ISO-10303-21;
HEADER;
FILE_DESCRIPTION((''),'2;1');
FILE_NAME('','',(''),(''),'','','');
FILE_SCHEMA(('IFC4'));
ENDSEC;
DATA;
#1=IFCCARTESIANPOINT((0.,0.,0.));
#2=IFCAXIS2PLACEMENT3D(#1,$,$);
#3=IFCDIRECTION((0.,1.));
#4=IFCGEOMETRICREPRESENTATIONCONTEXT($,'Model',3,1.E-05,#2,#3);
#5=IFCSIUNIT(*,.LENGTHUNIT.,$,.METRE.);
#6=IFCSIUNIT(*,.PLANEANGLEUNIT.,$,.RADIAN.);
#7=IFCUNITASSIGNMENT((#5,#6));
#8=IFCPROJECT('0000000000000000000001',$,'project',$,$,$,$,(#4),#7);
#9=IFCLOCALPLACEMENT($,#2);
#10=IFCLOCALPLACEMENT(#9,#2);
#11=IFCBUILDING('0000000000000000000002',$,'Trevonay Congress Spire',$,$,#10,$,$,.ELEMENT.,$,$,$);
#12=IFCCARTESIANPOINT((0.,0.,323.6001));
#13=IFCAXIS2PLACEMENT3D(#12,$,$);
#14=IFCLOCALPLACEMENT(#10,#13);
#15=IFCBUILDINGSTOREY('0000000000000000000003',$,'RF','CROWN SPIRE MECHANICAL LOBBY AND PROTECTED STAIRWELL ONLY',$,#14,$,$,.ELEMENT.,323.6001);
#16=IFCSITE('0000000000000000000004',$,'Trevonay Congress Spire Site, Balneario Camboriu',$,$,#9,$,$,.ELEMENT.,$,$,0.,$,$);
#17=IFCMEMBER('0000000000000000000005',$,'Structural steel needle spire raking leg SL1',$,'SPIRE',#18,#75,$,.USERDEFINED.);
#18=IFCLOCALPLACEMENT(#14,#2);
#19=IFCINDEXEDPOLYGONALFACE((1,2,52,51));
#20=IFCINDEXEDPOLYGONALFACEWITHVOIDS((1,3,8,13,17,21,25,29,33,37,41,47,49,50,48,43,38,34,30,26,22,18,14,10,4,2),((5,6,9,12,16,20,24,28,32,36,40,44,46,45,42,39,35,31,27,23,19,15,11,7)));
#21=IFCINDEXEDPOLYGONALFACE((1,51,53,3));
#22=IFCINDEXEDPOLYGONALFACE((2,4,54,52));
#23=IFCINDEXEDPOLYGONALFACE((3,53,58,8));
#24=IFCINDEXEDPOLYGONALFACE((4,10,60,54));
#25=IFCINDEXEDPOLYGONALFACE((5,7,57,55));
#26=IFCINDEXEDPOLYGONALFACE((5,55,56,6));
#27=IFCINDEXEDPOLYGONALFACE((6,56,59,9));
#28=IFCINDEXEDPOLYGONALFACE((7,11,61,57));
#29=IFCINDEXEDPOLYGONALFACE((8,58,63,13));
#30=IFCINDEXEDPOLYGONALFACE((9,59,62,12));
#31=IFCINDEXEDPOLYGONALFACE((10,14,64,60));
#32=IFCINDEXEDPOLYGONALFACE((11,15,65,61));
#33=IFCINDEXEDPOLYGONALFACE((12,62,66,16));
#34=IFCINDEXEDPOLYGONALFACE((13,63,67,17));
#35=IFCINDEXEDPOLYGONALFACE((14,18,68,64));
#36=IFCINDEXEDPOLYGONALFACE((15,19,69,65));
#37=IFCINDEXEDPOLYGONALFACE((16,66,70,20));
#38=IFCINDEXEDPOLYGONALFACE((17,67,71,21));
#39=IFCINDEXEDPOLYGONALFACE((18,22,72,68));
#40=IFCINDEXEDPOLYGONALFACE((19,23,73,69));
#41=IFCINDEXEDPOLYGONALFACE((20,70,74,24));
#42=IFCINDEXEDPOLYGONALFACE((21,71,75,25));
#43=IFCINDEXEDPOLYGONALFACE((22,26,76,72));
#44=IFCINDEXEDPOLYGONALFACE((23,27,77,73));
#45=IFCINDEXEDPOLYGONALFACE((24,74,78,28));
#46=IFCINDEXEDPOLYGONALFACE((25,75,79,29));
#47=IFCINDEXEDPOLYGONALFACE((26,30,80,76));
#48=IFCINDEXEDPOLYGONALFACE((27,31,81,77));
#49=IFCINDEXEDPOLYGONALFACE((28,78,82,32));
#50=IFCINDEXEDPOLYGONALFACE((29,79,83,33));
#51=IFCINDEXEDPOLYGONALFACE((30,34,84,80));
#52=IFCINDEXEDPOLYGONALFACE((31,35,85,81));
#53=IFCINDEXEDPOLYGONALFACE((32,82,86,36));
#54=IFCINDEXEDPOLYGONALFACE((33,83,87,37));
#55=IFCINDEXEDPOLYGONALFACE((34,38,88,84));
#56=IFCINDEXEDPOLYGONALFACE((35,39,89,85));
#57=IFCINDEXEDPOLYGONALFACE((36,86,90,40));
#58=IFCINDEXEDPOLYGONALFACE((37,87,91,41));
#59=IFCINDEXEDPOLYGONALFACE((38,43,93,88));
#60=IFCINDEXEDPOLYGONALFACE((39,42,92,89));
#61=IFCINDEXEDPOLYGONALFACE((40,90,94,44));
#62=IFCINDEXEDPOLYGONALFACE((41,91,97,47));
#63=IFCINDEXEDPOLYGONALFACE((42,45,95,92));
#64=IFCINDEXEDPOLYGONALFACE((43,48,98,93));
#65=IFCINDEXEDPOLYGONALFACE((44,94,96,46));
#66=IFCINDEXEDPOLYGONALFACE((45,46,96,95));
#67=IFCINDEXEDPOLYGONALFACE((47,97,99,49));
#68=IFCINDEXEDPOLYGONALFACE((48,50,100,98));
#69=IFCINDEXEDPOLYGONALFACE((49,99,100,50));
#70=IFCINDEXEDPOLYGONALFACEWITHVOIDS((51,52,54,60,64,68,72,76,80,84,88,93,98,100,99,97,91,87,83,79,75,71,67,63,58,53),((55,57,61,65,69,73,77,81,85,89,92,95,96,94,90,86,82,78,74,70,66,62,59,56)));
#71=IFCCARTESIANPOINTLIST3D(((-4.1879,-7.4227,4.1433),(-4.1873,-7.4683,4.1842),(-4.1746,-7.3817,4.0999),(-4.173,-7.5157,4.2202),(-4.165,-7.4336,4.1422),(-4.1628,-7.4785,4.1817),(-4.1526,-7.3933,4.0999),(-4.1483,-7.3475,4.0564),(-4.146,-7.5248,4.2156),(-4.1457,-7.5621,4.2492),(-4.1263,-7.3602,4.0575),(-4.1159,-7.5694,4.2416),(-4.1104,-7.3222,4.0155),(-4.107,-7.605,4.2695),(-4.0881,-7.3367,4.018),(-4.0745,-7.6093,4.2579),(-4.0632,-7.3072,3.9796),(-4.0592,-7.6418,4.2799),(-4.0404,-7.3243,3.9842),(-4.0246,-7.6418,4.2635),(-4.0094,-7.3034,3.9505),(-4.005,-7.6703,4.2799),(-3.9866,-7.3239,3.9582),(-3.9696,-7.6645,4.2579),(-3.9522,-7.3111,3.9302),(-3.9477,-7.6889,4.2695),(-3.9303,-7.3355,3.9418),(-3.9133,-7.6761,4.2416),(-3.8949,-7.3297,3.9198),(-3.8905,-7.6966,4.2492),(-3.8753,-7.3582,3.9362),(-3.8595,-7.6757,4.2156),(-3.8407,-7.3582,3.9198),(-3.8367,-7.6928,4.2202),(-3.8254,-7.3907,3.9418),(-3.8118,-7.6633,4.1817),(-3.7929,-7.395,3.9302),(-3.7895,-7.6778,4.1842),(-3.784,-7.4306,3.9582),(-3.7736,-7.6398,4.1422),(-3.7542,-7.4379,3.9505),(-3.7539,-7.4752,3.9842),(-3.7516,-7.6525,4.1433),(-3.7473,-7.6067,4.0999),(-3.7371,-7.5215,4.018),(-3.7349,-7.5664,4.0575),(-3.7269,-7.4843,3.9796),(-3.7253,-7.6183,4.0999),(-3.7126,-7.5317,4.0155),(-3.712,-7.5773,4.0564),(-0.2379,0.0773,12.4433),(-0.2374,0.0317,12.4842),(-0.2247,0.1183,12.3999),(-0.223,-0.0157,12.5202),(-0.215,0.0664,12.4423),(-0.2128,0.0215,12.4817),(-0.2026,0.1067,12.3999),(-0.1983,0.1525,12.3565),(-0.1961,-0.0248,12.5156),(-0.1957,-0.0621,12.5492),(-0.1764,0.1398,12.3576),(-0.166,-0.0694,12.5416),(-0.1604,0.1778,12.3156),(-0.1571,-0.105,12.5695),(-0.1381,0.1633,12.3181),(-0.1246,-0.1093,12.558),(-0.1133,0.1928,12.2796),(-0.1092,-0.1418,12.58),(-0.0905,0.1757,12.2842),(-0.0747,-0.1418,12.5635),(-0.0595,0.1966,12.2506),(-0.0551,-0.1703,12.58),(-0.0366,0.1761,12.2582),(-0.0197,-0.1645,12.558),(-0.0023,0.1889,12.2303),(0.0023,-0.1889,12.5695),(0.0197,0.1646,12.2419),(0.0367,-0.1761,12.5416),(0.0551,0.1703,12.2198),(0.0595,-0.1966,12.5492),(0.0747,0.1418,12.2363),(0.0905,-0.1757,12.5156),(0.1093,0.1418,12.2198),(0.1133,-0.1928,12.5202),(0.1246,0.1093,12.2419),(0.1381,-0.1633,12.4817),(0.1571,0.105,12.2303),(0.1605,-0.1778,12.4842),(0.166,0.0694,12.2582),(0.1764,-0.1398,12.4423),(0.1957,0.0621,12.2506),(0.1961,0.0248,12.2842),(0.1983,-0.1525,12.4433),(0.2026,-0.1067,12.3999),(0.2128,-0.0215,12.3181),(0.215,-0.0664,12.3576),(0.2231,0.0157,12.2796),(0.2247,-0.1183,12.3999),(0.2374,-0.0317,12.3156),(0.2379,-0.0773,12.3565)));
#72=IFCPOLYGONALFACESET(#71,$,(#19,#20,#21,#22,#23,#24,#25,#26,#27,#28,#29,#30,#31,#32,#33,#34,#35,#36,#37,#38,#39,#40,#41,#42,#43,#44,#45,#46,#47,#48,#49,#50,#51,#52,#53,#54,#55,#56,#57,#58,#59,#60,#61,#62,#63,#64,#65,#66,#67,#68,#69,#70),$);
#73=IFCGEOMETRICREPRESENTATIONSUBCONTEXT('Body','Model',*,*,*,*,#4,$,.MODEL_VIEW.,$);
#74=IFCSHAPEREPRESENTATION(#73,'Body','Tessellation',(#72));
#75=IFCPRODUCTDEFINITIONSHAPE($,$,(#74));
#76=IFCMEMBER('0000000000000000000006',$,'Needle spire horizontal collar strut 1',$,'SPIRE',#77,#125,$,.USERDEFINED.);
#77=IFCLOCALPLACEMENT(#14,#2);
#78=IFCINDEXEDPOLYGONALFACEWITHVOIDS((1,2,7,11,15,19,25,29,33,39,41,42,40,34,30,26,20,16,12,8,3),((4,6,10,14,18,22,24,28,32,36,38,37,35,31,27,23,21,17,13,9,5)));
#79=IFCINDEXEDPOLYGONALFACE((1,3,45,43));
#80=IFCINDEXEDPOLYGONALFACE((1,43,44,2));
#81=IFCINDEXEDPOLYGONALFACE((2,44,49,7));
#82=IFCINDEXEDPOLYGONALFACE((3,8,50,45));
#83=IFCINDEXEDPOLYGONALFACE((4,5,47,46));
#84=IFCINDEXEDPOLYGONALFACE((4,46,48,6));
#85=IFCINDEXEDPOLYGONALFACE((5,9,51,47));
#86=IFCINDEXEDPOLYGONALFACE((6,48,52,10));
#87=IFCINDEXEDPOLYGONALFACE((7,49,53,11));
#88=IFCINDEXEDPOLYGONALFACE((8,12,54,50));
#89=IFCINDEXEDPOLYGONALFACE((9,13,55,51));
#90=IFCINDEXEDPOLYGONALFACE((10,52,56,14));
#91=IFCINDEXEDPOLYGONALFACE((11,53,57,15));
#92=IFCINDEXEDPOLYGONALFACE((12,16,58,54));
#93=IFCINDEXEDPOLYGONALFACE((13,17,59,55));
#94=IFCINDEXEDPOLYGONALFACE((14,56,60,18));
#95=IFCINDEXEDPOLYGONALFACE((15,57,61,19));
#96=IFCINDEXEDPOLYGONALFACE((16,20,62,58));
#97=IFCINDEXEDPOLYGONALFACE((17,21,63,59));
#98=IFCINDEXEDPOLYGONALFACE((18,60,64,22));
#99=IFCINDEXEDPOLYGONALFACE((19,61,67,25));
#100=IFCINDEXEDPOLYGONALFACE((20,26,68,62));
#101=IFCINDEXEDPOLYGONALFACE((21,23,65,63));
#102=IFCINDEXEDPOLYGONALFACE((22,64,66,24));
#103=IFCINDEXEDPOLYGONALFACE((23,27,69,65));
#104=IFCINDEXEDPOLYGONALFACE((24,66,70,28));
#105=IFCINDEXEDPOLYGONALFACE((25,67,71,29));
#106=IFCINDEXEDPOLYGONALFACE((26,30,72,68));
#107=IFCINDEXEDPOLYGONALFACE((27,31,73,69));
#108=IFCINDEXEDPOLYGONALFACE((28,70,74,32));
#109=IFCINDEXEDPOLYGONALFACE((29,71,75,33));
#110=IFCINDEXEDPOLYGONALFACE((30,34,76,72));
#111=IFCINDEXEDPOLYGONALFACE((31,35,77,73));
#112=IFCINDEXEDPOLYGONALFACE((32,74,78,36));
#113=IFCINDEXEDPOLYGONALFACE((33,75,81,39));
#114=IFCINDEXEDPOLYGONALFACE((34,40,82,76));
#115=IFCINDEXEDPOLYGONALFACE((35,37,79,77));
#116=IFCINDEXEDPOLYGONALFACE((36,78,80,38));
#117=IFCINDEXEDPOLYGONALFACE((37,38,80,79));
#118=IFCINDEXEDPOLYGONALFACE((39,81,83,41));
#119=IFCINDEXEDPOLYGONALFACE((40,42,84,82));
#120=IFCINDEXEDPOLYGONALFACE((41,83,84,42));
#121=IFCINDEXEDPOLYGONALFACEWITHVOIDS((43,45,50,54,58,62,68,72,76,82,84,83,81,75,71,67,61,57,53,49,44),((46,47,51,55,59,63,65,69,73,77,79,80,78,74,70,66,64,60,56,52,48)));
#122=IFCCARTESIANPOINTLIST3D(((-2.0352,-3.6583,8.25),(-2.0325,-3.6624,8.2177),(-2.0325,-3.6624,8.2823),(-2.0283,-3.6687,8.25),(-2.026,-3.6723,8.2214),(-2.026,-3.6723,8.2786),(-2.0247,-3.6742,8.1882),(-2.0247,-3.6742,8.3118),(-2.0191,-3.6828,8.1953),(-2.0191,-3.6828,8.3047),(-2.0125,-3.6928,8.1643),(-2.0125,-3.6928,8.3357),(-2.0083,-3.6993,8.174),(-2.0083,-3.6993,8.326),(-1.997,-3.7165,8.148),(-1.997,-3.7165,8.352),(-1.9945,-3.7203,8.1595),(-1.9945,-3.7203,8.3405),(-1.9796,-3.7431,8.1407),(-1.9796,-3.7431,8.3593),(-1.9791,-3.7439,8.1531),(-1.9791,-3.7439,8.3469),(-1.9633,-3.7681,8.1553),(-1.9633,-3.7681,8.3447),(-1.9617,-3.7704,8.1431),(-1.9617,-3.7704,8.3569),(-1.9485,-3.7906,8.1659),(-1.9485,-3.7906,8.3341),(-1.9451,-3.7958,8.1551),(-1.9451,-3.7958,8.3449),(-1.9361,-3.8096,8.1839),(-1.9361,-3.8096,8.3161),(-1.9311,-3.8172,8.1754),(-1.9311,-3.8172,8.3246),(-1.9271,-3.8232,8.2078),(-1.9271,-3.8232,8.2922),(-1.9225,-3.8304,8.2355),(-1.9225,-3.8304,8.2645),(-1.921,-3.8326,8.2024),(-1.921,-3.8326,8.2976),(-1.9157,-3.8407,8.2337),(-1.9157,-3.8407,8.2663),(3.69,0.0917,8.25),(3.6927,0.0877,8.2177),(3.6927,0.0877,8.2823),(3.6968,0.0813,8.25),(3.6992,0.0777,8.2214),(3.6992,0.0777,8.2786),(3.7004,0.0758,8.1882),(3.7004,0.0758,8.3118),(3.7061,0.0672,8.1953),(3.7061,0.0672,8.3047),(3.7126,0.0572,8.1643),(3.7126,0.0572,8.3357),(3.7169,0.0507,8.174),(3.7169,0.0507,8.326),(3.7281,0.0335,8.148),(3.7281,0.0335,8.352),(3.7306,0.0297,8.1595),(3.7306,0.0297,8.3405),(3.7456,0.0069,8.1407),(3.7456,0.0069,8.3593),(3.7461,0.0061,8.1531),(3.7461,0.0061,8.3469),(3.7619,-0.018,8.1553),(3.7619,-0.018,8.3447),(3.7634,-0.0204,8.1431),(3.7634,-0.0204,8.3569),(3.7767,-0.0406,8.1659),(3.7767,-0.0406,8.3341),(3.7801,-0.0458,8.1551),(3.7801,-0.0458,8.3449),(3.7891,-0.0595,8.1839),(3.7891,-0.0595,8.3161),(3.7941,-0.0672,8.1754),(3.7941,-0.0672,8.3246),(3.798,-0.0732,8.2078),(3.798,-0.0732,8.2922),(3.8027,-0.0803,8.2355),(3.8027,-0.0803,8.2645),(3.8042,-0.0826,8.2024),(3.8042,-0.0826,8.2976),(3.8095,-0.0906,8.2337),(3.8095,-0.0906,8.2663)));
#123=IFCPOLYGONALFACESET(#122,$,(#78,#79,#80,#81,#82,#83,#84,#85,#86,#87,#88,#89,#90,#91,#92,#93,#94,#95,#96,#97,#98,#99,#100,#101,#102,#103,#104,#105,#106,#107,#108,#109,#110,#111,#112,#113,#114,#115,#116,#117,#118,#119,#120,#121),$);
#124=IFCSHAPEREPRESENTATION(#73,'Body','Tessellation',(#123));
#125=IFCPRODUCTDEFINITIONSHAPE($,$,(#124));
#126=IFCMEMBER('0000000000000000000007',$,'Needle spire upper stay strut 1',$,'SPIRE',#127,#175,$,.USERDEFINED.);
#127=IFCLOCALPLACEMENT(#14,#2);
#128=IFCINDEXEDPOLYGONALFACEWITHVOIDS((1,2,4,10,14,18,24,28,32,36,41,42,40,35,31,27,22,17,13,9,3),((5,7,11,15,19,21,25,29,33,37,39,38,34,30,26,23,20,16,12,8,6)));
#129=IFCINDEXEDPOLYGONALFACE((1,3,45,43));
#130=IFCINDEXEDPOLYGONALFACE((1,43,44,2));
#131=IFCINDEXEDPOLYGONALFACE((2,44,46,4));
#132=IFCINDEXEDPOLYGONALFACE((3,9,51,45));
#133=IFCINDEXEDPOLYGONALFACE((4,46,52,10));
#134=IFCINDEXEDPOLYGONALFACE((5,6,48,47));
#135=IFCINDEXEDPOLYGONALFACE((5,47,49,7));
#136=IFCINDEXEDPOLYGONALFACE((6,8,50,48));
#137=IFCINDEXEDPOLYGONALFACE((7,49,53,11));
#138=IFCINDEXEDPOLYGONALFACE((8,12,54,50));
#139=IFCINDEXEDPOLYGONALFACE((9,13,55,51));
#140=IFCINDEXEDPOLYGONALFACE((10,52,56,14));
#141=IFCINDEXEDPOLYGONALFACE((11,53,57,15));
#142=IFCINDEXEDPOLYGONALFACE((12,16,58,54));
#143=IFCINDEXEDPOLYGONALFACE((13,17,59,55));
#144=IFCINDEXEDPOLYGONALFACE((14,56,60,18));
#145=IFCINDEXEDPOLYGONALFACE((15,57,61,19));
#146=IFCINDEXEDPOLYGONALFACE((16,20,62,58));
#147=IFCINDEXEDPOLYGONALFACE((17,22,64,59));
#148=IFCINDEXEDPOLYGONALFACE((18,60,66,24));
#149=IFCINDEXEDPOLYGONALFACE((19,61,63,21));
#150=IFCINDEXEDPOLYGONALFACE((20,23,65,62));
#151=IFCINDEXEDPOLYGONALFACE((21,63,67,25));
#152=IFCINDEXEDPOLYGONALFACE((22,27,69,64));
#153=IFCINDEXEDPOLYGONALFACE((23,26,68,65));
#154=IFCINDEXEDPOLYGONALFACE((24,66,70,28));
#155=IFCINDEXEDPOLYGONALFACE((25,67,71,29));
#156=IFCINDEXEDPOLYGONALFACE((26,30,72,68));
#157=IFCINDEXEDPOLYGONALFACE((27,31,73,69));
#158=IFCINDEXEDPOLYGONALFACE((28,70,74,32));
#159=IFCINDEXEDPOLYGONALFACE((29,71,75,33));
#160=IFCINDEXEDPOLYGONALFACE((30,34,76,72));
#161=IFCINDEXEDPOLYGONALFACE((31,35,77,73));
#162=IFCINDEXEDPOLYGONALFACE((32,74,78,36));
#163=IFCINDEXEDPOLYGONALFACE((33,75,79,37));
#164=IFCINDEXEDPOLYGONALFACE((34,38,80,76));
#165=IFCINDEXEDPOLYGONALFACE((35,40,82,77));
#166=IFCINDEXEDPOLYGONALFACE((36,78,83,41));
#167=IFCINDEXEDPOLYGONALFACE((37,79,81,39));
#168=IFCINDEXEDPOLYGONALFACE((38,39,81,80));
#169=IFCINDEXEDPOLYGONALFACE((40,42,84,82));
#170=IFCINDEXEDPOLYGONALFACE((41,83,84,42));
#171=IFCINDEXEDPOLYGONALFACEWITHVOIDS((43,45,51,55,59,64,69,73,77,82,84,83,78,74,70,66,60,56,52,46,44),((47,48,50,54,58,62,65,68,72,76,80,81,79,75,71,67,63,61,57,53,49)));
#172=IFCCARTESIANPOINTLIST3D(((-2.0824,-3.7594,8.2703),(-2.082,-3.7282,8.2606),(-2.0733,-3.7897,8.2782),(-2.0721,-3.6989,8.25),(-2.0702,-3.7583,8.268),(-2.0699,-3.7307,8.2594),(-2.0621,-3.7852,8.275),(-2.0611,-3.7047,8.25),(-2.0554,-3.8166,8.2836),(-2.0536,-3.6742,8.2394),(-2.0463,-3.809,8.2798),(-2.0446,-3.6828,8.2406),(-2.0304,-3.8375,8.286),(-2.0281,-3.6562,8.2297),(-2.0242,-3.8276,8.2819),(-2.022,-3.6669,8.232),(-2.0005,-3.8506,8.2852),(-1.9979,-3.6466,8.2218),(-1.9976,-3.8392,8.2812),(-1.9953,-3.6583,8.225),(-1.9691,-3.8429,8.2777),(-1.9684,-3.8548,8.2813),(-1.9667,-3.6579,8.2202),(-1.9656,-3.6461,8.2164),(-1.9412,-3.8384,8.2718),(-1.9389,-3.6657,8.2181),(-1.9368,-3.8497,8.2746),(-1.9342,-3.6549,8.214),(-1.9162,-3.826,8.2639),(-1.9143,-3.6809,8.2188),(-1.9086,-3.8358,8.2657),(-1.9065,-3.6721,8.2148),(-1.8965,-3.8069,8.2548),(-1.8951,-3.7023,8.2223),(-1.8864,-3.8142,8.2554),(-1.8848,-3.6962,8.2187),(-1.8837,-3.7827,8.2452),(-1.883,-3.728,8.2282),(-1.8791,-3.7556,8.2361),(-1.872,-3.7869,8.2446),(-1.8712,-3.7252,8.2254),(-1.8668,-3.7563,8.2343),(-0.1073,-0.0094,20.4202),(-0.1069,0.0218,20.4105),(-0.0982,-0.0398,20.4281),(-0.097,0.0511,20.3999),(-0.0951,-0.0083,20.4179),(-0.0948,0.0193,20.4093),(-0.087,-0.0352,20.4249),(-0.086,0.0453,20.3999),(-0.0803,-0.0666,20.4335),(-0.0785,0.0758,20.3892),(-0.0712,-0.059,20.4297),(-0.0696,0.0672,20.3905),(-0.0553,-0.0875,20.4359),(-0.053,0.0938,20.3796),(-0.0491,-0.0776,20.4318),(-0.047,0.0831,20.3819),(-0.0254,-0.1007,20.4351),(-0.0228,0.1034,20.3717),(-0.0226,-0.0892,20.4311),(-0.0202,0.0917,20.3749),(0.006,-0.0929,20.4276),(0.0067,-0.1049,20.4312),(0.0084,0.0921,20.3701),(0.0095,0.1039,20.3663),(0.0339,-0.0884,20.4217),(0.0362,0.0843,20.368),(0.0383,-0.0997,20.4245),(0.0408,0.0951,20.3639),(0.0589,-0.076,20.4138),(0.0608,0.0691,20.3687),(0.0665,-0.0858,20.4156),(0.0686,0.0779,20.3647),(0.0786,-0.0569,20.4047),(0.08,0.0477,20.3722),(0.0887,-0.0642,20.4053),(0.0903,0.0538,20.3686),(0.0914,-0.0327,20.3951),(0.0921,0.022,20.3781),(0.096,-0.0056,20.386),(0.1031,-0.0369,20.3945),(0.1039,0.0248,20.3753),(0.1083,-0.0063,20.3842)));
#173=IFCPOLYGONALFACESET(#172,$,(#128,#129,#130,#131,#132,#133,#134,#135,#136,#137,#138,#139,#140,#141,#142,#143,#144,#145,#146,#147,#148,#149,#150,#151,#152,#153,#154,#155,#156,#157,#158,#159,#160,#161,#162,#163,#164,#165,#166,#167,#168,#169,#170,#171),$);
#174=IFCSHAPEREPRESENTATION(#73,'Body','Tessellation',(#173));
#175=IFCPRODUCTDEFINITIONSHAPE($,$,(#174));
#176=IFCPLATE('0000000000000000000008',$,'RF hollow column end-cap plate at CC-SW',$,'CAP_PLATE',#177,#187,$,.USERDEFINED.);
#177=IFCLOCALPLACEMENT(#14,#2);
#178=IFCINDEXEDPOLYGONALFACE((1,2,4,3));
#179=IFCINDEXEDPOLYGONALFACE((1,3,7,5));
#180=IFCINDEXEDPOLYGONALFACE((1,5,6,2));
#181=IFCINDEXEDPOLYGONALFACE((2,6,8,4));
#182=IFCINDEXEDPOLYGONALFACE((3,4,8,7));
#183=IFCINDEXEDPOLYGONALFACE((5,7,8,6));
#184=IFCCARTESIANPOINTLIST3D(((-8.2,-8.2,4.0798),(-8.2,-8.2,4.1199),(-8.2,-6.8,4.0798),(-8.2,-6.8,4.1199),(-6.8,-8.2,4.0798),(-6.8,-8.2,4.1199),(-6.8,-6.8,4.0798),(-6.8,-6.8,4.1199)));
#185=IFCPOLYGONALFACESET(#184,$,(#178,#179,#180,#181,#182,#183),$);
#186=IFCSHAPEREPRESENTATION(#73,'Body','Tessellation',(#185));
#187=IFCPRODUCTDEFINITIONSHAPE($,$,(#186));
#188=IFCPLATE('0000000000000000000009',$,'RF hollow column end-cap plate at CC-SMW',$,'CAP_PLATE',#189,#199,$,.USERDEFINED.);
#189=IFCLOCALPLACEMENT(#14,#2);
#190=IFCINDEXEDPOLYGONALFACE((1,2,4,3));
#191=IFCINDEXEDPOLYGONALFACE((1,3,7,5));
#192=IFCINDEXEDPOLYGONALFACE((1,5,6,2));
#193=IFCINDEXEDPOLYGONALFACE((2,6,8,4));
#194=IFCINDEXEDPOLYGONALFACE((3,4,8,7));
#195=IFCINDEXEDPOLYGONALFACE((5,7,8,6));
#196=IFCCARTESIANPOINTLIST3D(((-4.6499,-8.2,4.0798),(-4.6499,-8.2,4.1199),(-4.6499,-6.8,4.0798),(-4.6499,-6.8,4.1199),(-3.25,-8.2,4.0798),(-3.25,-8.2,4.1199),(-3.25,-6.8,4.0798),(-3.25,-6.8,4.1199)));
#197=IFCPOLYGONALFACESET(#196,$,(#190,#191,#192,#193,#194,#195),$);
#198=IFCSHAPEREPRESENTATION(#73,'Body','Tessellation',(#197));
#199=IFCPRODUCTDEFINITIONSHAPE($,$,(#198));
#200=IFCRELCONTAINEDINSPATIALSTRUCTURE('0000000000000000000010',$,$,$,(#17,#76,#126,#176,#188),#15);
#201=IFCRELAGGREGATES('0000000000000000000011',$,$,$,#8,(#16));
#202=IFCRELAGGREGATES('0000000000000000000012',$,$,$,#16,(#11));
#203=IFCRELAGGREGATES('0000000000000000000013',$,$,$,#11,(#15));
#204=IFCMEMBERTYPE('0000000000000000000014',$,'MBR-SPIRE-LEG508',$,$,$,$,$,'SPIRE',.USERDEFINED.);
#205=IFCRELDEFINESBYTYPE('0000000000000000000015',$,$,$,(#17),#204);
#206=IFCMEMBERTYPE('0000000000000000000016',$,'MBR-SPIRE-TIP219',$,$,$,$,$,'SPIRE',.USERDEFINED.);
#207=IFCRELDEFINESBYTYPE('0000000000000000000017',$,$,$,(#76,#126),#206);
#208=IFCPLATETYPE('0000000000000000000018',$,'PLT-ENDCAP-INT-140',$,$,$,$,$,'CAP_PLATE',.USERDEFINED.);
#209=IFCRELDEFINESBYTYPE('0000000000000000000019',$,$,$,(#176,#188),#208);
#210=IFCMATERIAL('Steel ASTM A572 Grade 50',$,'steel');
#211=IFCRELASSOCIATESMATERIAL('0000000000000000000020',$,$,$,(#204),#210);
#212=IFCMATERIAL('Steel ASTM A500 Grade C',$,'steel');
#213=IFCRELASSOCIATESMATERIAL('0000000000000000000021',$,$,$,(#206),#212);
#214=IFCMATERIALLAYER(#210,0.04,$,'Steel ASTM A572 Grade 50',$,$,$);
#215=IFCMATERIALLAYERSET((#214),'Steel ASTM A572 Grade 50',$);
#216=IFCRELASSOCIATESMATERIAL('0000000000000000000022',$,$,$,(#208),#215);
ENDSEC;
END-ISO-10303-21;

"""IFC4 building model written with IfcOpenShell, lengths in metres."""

from ifc_helpers import new_model, si_unit, direction, frame, origin, origin_2d, place, context, subcontext, project, spatial, rectangle, hollow_circle, extrude, material, layer, layer_set, material_profile, profile_set, type_object, element, save


model = new_model("IFC4")

# Units and contexts
model_context = context("Model", 3, precision=1e-05, world=origin(), true_north=direction((0.0, 1.0)))
body_context = subcontext(model_context, "Body", "Model", "MODEL_VIEW")
ifc_project = project(units=[si_unit("LENGTHUNIT", "METRE"), si_unit("PLANEANGLEUNIT", "RADIAN")], contexts=[model_context])

# Site, building, storey
site_placement = place(None, origin())
site = spatial("IfcSite", under=ifc_project, at=site_placement, Name="Trevonay Congress Spire Site, Balneario Camboriu", CompositionType="ELEMENT", RefElevation=0.0)
building_placement = place(site_placement, origin())
building = spatial("IfcBuilding", under=site, at=building_placement, Name="Trevonay Congress Spire", CompositionType="ELEMENT")
storey_placement = place(building_placement, frame((0.0, 0.0, 323.6001)))
storey = spatial("IfcBuildingStorey", under=building, at=storey_placement, Name="RF", Description="CROWN SPIRE MECHANICAL LOBBY AND PROTECTED STAIRWELL ONLY", CompositionType="ELEMENT", Elevation=323.6001)

# Shared definitions
ifc_material_1 = material(Name="Steel ASTM A572 Grade 50", Category="steel")

# Members
ifc_material_profile_1 = material_profile(ifc_material_1, hollow_circle(Radius=0.2539, WallThickness=0.0249, at=origin_2d()), Name="CHS 508x25")
ifc_profile_set_1 = profile_set([ifc_material_profile_1], Name="Steel ASTM A572 Grade 50")
member_type_1 = type_object("IfcMemberType", Name="MBR-SPIRE-LEG508", ElementType="SPIRE", PredefinedType="USERDEFINED", material=ifc_profile_set_1)
member_1_placement = place(storey_placement, frame((-3.95, -7.5, 4.0999), z_axis=(0.33295, 0.632191, 0.699628), x_axis=(-0.884793, 0.465985, 0.0)))
element("IfcMember", 1, at=member_1_placement, inside=storey, type_object=member_type_1, Name="Structural steel needle spire raking leg SL1", ObjectType="SPIRE", PredefinedType="USERDEFINED", context=body_context, shape_type="SweptSolid", body=[
    extrude(hollow_circle(Radius=0.2539, WallThickness=0.0249, at=origin_2d()), origin(), (0.0, 0.0, 1.0), 11.8635),
])
ifc_material_2 = material(Name="Steel ASTM A500 Grade C", Category="steel")
ifc_material_profile_2 = material_profile(ifc_material_2, hollow_circle(Radius=0.1096, WallThickness=0.0125, at=origin_2d()), Name="CHS 219.1x12.5")
ifc_profile_set_2 = profile_set([ifc_material_profile_2], Name="Steel ASTM A500 Grade C")
member_type_2 = type_object("IfcMemberType", Name="MBR-SPIRE-TIP219", ElementType="SPIRE", PredefinedType="USERDEFINED", material=ifc_profile_set_2)
member_2_placement = place(storey_placement, frame((-1.9751, -3.75, 8.25), z_axis=(0.836523, 0.547932, 0.0), x_axis=(-0.547932, 0.836523, 0.0)))
element("IfcMember", 2, at=member_2_placement, inside=storey, type_object=member_type_2, Name="Needle spire horizontal collar strut 1", ObjectType="SPIRE", PredefinedType="USERDEFINED", context=body_context, shape_type="SweptSolid", body=[
    extrude(hollow_circle(Radius=0.1096, WallThickness=0.0125, at=origin_2d()), origin(), (0.0, 0.0, 1.0), 6.844),
])
member_3_placement = place(storey_placement, frame((-1.9751, -3.75, 8.25), z_axis=(0.15349, 0.291422, 0.9442), x_axis=(-0.884781, 0.466008, 0.0)))
element("IfcMember", 3, at=member_3_placement, inside=storey, type_object=member_type_2, Name="Needle spire upper stay strut 1", ObjectType="SPIRE", PredefinedType="USERDEFINED", context=body_context, shape_type="SweptSolid", body=[
    extrude(hollow_circle(Radius=0.1096, WallThickness=0.0125, at=origin_2d()), origin(), (0.0, 0.0, 1.0), 12.8679),
])

# Plates
ifc_layer_1 = layer(ifc_material_1, 0.04, Name="Steel ASTM A572 Grade 50")
ifc_layer_set_1 = layer_set([ifc_layer_1], Name="Steel ASTM A572 Grade 50")
plate_type_1 = type_object("IfcPlateType", Name="PLT-ENDCAP-INT-140", ElementType="CAP_PLATE", PredefinedType="USERDEFINED", material=ifc_layer_set_1)
for number, where, z_axis, x_axis, name in (
    (4, (-7.5, -7.5, 4.0798), (0.0, 0.0, 1.0), (1.0, 0.0, 0.0), "RF hollow column end-cap plate at CC-SW"),
    (5, (-3.95, -7.5, 4.0798), (0.0, 0.0, 1.0), (1.0, 0.0, 0.0), "RF hollow column end-cap plate at CC-SMW"),
):
    element("IfcPlate", number, at=place(storey_placement, frame(where, z_axis=z_axis, x_axis=x_axis)), inside=storey, type_object=plate_type_1, Name=name, ObjectType="CAP_PLATE", PredefinedType="USERDEFINED", context=body_context, shape_type="SweptSolid", body=[
        extrude(rectangle(XDim=1.3999, YDim=1.3999, at=origin_2d()), origin(), (0.0, 0.0, 1.0), 0.04),
    ])

save(model, "model.ifc")
